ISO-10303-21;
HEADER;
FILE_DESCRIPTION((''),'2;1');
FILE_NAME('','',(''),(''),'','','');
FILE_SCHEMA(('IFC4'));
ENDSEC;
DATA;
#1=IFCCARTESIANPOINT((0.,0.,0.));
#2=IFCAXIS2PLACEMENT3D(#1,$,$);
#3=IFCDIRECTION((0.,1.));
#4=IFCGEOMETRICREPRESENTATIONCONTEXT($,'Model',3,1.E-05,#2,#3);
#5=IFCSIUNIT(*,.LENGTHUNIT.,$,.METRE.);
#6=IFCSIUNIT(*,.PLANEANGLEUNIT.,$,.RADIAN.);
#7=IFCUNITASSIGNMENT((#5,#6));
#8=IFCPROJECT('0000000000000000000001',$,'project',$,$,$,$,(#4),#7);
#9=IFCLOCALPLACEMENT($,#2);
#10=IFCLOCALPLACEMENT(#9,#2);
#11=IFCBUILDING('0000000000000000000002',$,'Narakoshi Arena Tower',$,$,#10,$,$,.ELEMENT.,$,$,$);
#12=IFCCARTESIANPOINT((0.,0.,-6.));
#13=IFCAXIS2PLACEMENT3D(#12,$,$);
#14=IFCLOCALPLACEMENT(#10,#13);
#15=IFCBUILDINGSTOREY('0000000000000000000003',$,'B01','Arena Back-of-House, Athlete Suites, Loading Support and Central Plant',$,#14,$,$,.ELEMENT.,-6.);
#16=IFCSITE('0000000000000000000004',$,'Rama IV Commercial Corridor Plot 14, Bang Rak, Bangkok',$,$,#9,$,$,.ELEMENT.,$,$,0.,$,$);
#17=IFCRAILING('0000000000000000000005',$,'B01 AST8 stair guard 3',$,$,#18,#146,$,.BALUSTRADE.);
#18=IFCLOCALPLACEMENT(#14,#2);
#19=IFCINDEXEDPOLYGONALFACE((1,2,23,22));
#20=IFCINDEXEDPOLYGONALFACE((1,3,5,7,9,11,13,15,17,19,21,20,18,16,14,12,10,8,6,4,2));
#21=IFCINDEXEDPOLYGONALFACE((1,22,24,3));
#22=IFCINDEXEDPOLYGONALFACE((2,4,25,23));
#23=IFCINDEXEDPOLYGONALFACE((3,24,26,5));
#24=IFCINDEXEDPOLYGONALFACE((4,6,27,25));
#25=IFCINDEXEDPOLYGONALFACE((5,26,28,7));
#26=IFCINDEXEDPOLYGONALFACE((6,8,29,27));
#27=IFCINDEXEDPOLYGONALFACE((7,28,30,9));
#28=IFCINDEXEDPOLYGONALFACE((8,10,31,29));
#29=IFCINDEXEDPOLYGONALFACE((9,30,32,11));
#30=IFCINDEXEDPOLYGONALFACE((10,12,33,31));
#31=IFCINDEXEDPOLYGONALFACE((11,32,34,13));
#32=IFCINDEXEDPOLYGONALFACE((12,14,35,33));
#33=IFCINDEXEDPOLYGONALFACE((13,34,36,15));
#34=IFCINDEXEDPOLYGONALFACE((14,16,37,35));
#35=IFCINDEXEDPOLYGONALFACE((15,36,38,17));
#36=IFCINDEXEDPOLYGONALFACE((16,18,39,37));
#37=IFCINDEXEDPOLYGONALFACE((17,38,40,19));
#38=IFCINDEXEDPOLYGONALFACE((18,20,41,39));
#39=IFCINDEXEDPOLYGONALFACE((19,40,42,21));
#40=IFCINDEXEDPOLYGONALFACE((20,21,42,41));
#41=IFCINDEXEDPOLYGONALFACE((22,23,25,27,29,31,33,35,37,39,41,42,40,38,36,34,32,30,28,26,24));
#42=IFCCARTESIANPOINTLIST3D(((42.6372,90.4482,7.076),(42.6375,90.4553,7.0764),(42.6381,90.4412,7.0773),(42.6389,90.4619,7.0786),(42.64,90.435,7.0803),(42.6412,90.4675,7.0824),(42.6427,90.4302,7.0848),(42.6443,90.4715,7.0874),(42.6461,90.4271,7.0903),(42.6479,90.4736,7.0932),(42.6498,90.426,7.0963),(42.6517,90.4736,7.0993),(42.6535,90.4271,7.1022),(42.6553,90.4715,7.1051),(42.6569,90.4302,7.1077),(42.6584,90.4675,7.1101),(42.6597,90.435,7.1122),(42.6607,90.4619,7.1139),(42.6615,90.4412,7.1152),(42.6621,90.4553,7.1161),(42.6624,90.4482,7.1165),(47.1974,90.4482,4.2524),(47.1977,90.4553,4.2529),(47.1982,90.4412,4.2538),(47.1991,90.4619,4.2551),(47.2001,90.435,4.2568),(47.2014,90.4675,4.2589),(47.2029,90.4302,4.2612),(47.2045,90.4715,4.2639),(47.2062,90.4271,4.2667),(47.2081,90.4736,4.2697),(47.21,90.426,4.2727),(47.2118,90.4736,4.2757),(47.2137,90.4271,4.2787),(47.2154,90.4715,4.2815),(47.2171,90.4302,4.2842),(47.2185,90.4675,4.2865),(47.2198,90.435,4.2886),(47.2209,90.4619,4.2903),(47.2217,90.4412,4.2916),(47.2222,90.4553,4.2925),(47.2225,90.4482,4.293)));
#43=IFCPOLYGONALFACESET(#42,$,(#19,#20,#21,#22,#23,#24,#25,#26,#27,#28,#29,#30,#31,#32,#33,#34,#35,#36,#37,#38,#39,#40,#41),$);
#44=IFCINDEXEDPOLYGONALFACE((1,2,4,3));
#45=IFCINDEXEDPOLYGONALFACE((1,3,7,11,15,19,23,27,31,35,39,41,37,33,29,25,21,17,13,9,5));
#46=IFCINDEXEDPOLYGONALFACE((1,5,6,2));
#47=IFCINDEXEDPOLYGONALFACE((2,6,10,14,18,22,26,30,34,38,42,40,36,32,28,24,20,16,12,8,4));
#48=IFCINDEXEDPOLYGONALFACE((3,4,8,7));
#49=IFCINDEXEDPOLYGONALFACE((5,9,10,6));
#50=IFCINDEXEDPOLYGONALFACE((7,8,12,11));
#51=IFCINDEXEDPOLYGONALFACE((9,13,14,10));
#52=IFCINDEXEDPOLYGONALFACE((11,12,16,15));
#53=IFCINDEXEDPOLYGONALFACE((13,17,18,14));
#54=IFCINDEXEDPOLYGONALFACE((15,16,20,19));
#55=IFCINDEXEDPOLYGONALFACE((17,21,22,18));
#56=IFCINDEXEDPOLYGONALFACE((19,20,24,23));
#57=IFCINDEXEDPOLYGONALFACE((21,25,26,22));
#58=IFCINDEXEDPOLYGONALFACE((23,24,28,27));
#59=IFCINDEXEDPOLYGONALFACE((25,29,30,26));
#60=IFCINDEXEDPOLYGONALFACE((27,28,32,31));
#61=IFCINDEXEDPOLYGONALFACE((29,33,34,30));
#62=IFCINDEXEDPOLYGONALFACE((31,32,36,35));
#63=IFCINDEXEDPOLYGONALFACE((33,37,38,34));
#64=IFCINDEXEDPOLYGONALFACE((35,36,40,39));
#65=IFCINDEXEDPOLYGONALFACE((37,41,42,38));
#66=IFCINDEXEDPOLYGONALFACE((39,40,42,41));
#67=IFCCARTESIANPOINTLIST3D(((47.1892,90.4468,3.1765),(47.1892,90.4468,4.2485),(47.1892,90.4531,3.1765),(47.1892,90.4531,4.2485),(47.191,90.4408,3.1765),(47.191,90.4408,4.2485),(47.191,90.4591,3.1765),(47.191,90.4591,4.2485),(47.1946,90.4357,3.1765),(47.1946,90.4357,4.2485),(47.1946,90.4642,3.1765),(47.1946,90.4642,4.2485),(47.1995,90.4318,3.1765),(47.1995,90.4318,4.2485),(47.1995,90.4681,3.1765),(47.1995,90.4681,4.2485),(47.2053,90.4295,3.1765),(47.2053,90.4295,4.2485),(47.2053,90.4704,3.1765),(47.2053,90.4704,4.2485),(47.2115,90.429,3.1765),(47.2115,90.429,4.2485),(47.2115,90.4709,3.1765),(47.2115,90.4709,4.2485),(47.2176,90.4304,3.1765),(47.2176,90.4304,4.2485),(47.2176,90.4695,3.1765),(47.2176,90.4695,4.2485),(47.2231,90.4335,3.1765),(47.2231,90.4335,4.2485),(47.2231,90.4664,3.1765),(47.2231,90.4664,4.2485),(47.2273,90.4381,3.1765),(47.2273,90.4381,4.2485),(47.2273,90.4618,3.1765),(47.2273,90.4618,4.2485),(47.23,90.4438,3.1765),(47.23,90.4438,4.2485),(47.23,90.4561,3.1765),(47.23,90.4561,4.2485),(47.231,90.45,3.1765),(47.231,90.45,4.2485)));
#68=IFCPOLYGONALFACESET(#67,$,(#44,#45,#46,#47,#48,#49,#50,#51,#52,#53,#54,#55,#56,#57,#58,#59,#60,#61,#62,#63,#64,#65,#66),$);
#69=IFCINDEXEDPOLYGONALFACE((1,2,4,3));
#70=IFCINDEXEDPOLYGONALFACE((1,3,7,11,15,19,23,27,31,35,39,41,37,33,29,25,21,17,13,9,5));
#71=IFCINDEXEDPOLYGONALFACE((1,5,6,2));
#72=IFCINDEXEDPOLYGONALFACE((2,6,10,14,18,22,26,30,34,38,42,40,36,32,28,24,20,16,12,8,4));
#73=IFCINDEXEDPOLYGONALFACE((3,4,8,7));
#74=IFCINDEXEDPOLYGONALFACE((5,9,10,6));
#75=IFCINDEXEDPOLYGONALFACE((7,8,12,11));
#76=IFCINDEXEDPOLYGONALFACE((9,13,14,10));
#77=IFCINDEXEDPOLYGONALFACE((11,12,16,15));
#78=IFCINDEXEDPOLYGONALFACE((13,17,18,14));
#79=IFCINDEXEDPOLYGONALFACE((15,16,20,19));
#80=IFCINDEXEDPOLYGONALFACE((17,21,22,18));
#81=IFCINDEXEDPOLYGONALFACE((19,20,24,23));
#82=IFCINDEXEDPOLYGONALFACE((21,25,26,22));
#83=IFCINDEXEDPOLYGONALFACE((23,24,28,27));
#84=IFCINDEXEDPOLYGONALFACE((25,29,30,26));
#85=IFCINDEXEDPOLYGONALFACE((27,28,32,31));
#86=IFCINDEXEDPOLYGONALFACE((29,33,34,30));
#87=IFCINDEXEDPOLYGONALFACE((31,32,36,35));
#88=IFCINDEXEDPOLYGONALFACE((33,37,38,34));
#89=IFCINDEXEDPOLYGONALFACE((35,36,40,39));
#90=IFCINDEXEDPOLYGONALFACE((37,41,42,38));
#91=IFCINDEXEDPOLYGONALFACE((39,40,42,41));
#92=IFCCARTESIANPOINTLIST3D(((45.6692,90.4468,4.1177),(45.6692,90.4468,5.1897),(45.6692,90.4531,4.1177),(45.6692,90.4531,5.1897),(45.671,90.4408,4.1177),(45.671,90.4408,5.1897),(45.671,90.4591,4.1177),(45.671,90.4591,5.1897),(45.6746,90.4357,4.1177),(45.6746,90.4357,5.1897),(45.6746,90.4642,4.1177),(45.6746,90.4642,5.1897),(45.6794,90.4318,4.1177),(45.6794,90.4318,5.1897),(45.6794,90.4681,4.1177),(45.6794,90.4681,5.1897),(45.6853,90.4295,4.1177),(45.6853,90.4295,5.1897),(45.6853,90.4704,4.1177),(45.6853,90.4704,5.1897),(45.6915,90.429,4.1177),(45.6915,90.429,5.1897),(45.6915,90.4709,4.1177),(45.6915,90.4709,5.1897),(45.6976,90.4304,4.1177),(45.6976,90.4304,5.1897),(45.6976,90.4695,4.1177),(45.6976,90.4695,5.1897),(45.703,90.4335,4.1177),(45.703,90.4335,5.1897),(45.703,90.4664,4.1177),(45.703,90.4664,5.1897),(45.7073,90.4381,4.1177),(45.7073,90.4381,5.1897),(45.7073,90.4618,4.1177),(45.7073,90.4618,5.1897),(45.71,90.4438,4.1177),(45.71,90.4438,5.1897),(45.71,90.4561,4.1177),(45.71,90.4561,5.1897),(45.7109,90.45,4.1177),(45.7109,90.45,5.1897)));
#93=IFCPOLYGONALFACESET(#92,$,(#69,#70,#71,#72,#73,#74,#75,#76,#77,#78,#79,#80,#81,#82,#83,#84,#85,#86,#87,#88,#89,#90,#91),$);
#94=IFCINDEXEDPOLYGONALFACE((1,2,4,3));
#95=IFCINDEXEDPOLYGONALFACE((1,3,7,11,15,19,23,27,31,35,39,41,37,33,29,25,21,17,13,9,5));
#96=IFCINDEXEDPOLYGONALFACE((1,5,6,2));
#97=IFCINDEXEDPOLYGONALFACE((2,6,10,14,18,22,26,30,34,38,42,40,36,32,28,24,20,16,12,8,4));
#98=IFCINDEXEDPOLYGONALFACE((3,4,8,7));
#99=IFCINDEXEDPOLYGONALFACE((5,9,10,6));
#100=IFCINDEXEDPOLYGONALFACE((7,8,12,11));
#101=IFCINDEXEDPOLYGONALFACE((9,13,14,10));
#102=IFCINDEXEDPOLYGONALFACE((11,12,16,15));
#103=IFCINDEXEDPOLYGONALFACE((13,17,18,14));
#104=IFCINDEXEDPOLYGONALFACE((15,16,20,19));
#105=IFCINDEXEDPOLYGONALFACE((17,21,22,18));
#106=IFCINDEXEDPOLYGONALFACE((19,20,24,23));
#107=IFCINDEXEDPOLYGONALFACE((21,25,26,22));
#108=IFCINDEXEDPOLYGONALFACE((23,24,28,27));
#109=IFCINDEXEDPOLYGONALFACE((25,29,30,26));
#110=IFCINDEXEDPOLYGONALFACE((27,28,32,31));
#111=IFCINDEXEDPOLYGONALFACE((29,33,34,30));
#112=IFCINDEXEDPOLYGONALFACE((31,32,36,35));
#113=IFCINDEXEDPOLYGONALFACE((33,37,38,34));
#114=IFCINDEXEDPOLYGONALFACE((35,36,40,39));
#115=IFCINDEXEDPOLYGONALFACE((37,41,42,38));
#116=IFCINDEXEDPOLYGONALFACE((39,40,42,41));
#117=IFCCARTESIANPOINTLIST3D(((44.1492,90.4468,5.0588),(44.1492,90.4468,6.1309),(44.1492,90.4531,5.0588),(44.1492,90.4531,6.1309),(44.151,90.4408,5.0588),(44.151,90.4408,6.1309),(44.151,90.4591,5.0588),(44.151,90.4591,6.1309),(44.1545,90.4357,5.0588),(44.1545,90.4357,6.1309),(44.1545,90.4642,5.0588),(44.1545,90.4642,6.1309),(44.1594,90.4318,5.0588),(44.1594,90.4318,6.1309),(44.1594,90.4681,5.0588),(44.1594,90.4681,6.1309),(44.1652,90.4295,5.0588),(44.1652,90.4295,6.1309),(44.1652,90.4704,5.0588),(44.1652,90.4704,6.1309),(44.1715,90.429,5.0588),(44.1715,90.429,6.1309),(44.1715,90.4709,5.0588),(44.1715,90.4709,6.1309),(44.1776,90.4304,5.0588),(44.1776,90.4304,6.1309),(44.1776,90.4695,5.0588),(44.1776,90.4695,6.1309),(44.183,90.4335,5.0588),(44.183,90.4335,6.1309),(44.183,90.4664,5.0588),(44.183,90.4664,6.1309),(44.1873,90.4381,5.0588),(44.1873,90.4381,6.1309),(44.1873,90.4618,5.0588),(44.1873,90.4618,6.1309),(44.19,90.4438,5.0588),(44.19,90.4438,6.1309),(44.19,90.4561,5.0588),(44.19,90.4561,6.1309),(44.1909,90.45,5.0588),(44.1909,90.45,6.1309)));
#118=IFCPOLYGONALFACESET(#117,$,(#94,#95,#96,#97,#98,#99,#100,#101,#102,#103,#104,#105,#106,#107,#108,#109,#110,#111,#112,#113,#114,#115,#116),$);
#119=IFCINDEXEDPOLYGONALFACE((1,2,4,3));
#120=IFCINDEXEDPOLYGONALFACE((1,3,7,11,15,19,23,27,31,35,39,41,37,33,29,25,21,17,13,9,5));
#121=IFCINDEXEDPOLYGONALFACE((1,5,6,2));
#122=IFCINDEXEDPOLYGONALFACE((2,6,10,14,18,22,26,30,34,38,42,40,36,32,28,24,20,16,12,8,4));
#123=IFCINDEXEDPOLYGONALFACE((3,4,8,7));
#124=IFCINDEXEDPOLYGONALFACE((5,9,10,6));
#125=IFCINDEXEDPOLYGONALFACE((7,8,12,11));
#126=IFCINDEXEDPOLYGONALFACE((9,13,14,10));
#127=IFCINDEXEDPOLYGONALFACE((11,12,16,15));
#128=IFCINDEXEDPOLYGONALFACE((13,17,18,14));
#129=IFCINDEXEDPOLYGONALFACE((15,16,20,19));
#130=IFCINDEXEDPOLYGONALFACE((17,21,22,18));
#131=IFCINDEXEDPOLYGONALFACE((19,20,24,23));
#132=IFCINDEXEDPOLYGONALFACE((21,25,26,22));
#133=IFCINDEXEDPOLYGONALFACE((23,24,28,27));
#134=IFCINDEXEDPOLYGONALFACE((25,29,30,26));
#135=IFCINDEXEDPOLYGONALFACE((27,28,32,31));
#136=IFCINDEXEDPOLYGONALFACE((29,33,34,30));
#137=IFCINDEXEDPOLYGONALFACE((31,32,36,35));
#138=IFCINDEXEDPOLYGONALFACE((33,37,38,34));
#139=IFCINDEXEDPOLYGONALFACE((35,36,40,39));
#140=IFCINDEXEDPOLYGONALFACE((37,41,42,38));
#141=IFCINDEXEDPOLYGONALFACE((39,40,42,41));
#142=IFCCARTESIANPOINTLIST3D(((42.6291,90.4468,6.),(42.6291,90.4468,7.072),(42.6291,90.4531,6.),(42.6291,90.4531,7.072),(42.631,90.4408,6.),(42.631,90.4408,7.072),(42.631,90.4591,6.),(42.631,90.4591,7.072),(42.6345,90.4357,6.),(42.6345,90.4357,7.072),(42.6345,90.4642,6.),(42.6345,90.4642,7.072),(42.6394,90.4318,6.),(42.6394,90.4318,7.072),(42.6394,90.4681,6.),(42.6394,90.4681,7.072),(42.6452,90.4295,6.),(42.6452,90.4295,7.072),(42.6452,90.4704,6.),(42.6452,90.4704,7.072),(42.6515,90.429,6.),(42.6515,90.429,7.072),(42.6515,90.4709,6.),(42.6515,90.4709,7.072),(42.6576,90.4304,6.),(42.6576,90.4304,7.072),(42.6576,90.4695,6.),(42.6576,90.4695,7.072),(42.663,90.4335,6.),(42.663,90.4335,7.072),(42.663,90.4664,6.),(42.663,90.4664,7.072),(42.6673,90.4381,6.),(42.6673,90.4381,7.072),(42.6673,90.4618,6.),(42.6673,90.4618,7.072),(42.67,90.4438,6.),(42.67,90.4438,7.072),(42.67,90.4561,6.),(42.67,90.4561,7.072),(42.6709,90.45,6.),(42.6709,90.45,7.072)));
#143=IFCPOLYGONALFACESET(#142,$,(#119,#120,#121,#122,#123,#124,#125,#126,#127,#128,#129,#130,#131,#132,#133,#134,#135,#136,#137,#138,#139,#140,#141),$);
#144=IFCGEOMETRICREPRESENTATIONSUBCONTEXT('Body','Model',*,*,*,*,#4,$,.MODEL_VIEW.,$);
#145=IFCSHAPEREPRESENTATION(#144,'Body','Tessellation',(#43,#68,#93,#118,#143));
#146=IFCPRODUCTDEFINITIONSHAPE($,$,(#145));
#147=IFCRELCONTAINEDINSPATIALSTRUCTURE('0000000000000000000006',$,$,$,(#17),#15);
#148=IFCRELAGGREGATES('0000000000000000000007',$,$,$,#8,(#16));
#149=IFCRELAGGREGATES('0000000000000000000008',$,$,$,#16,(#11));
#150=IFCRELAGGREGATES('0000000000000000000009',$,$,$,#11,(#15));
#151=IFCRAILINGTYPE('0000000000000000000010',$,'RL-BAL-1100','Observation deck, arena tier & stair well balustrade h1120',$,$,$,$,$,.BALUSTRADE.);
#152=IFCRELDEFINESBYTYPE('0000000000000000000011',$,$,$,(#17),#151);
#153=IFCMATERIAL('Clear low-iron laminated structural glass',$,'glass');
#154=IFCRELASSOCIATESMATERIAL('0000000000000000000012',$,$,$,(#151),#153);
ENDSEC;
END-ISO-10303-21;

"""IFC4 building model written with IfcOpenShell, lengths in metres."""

from ifc_helpers import new_model, si_unit, direction, frame, origin, origin_2d, place, context, subcontext, project, spatial, circle, extrude, material, type_object, element, save


model = new_model("IFC4")

# Units and contexts
model_context = context("Model", 3, precision=1e-05, world=origin(), true_north=direction((0.0, 1.0)))
body_context = subcontext(model_context, "Body", "Model", "MODEL_VIEW")
ifc_project = project(units=[si_unit("LENGTHUNIT", "METRE"), si_unit("PLANEANGLEUNIT", "RADIAN")], contexts=[model_context])

# Site, building, storey
site_placement = place(None, origin())
site = spatial("IfcSite", under=ifc_project, at=site_placement, Name="Rama IV Commercial Corridor Plot 14, Bang Rak, Bangkok", CompositionType="ELEMENT", RefElevation=0.0)
building_placement = place(site_placement, origin())
building = spatial("IfcBuilding", under=site, at=building_placement, Name="Narakoshi Arena Tower", CompositionType="ELEMENT")
storey_placement = place(building_placement, frame((0.0, 0.0, -6.0)))
storey = spatial("IfcBuildingStorey", under=building, at=storey_placement, Name="B01", Description="Arena Back-of-House, Athlete Suites, Loading Support and Central Plant", CompositionType="ELEMENT", Elevation=-6.0)

# Railing
ifc_material_1 = material(Name="Clear low-iron laminated structural glass", Category="glass")
railing_type_1 = type_object("IfcRailingType", Name="RL-BAL-1100", Description="Observation deck, arena tier & stair well balustrade h1120", PredefinedType="BALUSTRADE", material=ifc_material_1)
railing_1_placement = place(storey_placement, frame((47.21, 90.45, 3.1765)))
element("IfcRailing", 1, at=railing_1_placement, inside=storey, type_object=railing_type_1, Name="B01 AST8 stair guard 3", PredefinedType="BALUSTRADE", context=body_context, shape_type="SweptSolid", body=[
    extrude(circle(Radius=0.0239, at=origin_2d()), frame((0.0, 0.0, 1.0962), z_axis=(-0.850216, 0.0, 0.526435), x_axis=(0.0, -1.0, 0.0)), (0.0, 0.0, 1.0), 5.3635),
    extrude(circle(Radius=0.021, at=origin_2d()), origin(), (0.0, 0.0, 1.0), 1.072),
    extrude(circle(Radius=0.021, at=origin_2d()), frame((-1.52, 0.0, 0.9412)), (0.0, 0.0, 1.0), 1.072),
    extrude(circle(Radius=0.021, at=origin_2d()), frame((-3.04, 0.0, 1.8823)), (0.0, 0.0, 1.0), 1.072),
    extrude(circle(Radius=0.021, at=origin_2d()), frame((-4.5601, 0.0, 2.8235)), (0.0, 0.0, 1.0), 1.072),
])

save(model, "model.ifc")
